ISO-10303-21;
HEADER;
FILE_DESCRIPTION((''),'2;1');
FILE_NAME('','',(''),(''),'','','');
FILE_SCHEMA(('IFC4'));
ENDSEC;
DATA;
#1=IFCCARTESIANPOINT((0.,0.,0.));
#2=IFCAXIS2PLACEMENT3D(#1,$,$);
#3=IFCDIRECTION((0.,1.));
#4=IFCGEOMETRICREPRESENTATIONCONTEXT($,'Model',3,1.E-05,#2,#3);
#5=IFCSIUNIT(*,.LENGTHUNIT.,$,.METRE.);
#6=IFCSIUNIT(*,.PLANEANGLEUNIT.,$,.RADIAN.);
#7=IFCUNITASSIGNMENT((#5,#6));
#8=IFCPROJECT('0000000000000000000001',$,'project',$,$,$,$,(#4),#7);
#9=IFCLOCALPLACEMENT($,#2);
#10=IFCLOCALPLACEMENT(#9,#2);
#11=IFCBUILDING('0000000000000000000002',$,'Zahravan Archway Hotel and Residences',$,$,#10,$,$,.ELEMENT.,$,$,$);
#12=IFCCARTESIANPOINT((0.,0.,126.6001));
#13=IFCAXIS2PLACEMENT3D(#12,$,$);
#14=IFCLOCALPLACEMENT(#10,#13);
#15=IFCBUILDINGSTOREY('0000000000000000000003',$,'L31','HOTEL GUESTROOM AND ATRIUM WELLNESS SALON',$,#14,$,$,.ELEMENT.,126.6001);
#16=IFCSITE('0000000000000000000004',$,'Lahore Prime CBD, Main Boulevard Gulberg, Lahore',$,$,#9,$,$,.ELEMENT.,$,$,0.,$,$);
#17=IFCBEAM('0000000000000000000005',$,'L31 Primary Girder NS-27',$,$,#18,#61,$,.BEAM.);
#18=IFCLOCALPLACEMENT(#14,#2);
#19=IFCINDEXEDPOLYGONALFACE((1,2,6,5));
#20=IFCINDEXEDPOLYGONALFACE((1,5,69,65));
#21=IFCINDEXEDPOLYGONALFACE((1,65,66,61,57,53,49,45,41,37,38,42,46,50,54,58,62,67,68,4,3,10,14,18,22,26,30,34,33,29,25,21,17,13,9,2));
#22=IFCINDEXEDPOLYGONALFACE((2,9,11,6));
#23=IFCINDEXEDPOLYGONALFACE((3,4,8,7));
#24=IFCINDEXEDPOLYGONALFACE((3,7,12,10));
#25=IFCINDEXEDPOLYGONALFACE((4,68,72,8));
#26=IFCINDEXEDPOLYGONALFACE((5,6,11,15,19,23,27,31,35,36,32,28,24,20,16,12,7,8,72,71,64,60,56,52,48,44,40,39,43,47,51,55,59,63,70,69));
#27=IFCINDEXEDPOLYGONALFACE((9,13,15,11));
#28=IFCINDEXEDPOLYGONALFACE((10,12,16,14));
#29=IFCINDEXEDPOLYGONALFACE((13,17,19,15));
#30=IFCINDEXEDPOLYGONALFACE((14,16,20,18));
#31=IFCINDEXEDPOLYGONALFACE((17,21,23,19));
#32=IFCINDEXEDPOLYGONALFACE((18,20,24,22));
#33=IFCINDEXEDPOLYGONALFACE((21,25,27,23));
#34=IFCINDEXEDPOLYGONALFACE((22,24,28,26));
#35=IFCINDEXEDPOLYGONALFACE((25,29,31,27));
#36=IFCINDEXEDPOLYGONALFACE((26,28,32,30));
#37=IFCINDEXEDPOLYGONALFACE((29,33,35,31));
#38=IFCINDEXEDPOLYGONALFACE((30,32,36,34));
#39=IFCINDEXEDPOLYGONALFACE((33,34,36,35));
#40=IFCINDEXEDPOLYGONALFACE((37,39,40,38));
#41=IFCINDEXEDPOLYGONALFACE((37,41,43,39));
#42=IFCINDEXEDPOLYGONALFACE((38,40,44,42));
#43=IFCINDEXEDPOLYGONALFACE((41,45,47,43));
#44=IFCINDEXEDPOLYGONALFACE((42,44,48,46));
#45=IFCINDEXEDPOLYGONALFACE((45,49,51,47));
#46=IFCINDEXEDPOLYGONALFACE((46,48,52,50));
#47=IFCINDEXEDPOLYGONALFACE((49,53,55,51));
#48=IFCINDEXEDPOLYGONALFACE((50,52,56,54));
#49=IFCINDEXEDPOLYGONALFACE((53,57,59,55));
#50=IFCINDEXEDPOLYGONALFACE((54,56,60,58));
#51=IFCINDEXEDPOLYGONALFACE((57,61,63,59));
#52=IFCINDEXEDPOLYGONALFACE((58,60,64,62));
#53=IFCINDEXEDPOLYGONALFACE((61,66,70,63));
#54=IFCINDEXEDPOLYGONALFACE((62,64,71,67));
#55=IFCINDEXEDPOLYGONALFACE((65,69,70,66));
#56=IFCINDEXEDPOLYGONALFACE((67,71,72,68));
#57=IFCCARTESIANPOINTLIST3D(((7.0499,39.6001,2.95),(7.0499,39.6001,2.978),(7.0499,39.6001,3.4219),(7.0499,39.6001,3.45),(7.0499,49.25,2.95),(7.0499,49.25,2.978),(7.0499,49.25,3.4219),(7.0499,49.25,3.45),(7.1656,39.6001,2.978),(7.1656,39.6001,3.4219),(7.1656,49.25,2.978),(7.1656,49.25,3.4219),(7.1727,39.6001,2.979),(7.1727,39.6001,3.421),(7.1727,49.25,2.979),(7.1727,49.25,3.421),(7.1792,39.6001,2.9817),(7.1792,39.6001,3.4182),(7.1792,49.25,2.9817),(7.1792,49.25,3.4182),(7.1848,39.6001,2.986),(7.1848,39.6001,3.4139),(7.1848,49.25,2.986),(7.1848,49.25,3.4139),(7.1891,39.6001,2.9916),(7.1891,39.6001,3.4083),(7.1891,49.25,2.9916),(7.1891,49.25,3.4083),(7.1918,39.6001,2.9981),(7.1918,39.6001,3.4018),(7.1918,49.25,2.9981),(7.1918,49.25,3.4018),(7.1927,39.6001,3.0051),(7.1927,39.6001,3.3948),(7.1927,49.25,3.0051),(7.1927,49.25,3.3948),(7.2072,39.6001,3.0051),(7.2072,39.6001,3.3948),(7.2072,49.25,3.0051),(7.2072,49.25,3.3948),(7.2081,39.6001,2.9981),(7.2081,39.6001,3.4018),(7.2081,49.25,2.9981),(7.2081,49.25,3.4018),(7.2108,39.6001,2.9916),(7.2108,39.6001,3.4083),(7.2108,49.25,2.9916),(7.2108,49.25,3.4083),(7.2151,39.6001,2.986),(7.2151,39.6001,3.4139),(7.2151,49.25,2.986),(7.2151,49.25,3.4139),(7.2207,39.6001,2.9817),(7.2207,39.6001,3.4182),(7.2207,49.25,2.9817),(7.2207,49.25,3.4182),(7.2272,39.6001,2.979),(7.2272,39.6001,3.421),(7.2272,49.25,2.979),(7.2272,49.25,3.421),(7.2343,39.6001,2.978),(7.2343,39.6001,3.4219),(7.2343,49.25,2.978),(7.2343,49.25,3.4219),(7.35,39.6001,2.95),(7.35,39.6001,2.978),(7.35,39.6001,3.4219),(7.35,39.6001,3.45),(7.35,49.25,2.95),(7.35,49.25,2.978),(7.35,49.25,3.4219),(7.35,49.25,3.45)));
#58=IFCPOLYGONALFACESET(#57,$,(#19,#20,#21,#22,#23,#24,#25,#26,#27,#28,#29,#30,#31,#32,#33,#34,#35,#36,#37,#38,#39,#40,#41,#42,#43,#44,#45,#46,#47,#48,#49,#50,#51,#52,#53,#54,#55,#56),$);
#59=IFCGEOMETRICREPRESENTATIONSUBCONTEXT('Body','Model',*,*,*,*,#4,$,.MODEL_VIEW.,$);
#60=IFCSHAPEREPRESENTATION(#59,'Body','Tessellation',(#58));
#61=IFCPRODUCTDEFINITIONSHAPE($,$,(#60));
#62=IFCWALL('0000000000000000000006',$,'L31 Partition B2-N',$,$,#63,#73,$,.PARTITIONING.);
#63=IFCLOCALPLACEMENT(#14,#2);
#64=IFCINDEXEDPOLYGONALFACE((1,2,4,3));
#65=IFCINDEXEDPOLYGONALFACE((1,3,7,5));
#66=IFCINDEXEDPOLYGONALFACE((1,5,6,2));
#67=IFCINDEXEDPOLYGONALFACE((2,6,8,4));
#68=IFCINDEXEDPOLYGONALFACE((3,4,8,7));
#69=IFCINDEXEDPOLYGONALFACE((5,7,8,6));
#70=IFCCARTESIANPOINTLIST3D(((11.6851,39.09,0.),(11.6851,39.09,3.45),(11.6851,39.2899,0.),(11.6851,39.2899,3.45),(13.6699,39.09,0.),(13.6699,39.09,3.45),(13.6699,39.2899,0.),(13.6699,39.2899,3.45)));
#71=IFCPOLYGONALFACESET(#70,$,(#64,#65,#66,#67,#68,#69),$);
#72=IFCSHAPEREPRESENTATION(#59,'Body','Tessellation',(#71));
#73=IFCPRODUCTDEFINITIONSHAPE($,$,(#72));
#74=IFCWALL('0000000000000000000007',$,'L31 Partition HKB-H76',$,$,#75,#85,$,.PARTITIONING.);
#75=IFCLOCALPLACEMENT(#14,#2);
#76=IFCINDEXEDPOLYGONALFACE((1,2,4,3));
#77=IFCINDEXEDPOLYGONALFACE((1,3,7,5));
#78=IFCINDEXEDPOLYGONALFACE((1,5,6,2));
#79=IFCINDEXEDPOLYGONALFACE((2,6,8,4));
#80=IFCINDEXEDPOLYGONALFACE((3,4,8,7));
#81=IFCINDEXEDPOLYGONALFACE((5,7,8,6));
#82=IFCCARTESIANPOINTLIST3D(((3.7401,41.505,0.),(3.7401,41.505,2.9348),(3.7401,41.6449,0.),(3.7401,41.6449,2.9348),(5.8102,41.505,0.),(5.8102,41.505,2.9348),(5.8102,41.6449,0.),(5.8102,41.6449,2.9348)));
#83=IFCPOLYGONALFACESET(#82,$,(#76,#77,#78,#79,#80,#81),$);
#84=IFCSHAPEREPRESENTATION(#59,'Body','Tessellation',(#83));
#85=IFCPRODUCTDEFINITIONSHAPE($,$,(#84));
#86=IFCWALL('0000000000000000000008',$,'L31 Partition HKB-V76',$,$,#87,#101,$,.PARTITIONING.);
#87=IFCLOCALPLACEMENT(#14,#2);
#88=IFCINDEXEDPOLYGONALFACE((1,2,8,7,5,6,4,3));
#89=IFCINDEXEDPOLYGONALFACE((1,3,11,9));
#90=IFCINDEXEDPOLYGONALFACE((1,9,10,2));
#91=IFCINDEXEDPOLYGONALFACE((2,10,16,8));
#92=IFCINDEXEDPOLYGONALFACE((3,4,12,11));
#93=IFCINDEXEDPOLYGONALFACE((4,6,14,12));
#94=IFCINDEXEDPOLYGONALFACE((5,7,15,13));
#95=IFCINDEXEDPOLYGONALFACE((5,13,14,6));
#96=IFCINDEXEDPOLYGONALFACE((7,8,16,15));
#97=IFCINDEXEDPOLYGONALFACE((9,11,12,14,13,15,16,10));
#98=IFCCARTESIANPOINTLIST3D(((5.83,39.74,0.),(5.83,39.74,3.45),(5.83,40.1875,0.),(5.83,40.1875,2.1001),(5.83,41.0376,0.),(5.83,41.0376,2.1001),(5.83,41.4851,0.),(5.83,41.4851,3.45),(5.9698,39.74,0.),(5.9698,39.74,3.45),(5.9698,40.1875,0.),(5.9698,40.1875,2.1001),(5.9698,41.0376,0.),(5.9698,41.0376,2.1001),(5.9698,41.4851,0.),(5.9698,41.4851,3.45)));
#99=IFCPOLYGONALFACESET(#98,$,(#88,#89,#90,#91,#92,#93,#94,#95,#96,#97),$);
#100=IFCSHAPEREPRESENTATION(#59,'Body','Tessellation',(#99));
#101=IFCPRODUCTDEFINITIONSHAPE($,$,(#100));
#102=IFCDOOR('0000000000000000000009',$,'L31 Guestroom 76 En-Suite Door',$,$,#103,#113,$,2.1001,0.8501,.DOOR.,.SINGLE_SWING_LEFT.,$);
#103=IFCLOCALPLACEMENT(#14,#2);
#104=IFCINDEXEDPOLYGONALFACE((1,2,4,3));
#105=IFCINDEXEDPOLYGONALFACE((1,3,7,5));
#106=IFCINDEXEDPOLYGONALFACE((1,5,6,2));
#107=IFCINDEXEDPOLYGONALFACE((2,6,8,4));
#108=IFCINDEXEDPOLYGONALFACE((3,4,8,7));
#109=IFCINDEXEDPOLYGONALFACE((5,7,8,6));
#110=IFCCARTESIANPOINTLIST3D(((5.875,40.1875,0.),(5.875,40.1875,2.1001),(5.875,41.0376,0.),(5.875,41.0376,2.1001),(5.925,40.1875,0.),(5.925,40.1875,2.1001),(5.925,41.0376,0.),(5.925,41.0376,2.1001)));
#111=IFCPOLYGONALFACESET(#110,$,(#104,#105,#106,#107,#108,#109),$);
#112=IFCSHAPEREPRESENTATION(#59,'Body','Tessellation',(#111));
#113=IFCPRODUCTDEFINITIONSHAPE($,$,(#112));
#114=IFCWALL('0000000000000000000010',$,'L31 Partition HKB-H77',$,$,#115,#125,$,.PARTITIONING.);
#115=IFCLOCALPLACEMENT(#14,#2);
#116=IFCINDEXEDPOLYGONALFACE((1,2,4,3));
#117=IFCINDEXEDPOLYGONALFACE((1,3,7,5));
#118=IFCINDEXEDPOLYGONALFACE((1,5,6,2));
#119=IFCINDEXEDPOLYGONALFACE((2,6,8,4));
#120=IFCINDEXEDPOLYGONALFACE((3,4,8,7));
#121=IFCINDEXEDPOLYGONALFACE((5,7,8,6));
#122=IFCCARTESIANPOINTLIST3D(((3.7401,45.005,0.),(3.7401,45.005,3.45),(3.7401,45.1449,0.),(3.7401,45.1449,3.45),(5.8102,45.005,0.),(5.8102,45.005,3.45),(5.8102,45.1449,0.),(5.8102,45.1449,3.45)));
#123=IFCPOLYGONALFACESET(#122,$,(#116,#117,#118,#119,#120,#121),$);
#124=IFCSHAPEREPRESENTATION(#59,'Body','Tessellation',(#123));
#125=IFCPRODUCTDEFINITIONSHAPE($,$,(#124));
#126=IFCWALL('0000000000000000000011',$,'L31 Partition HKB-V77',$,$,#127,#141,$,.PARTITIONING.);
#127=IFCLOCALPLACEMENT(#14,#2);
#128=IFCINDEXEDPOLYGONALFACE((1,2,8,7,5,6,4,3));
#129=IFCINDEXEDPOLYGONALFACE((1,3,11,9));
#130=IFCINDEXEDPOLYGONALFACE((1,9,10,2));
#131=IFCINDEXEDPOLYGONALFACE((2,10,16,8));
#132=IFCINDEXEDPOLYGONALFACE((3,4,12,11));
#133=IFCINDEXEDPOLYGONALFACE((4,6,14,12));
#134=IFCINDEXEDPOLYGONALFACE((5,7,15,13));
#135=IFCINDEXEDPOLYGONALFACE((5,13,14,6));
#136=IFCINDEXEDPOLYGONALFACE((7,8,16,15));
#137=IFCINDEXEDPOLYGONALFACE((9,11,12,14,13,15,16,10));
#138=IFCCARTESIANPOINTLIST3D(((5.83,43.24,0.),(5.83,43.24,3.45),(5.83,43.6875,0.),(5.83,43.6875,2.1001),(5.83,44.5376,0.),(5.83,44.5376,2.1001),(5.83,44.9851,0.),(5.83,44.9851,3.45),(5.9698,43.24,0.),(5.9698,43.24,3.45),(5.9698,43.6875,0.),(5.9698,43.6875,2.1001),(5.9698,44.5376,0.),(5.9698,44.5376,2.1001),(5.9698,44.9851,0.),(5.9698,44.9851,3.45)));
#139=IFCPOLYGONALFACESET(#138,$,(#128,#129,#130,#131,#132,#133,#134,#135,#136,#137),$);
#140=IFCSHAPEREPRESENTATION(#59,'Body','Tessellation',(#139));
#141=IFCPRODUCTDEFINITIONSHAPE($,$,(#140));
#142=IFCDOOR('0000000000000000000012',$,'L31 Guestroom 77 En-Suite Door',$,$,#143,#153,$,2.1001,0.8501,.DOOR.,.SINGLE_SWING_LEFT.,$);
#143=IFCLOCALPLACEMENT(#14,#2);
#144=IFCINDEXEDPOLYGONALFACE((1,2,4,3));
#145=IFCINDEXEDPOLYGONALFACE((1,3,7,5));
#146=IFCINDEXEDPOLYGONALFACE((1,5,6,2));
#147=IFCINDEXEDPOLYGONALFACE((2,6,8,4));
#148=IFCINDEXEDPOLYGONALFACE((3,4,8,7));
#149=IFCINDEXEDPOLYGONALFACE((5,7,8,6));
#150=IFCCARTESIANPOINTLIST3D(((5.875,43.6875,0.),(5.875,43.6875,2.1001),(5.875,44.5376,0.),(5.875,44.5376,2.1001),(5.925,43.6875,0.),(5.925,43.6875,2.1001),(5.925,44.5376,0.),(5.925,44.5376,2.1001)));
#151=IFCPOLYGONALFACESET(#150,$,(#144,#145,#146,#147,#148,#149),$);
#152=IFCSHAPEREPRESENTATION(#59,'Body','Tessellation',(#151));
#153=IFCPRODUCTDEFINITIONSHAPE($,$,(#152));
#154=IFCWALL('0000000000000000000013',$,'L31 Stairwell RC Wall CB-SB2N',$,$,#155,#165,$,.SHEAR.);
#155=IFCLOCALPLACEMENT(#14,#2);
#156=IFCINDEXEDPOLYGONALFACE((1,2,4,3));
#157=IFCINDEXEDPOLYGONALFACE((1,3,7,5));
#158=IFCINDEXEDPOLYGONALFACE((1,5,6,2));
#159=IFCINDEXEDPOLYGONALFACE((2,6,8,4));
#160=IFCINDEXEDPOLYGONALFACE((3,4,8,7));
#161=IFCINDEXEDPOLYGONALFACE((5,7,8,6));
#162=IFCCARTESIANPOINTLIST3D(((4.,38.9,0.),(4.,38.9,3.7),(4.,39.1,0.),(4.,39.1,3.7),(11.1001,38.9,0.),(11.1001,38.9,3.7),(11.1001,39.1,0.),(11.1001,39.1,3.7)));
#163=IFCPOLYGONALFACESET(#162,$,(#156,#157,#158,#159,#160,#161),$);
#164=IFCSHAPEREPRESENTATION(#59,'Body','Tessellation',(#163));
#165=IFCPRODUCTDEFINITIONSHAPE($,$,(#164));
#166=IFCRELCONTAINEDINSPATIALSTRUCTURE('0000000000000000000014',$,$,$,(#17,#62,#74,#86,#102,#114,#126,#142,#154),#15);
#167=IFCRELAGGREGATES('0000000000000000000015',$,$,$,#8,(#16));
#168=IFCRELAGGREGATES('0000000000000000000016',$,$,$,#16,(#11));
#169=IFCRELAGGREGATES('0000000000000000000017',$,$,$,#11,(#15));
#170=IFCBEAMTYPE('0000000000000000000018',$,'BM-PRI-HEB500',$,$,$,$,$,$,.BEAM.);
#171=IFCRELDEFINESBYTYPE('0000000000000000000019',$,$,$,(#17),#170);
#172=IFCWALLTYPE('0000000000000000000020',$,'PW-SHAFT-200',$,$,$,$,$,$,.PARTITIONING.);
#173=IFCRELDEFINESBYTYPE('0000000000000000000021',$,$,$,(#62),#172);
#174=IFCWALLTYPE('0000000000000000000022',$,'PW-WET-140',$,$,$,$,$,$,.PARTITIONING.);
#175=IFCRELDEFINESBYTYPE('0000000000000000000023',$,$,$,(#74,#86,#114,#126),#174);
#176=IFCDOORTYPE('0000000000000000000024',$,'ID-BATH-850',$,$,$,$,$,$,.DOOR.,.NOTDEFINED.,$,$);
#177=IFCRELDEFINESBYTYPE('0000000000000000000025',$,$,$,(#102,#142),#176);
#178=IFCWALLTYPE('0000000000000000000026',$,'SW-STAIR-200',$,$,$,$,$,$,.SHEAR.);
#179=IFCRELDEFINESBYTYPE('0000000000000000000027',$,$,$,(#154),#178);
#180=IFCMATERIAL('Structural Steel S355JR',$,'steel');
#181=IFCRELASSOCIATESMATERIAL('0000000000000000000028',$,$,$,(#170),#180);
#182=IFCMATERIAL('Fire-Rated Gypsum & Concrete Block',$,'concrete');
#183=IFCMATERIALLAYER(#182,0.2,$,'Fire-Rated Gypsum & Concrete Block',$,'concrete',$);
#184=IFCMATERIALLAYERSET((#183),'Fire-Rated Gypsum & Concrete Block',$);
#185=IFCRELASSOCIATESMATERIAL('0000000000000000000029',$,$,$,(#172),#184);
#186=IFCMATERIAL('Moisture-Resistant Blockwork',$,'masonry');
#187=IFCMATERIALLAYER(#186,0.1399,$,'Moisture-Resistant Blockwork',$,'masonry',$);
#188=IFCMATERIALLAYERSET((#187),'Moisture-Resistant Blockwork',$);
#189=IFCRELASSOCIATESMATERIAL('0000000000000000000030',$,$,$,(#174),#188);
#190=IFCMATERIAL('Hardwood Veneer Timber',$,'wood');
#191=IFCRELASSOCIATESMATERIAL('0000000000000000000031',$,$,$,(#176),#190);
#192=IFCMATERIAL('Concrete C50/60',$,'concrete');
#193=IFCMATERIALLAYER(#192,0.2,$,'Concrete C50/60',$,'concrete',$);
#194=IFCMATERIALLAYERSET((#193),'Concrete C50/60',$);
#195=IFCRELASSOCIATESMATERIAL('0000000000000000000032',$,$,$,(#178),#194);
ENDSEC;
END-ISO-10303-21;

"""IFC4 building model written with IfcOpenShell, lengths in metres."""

from ifc_helpers import new_model, si_unit, direction, frame, frame_2d, origin, origin_2d, place, context, subcontext, project, spatial, rectangle, i_section, extrude, source, transform, mapped, material, layer, layer_set, material_profile, profile_set, type_object, type_shapes, element, fill, save


model = new_model("IFC4")

# Units and contexts
model_context = context("Model", 3, precision=1e-05, world=origin(), true_north=direction((0.0, 1.0)))
body_context = subcontext(model_context, "Body", "Model", "MODEL_VIEW")
ifc_project = project(units=[si_unit("LENGTHUNIT", "METRE"), si_unit("PLANEANGLEUNIT", "RADIAN")], contexts=[model_context])

# Site, building, storey
site_placement = place(None, origin())
site = spatial("IfcSite", under=ifc_project, at=site_placement, Name="Lahore Prime CBD, Main Boulevard Gulberg, Lahore", CompositionType="ELEMENT", RefElevation=0.0)
building_placement = place(site_placement, origin())
building = spatial("IfcBuilding", under=site, at=building_placement, Name="Zahravan Archway Hotel and Residences", CompositionType="ELEMENT")
storey_placement = place(building_placement, frame((0.0, 0.0, 126.6001)))
storey = spatial("IfcBuildingStorey", under=building, at=storey_placement, Name="L31", Description="HOTEL GUESTROOM AND ATRIUM WELLNESS SALON", CompositionType="ELEMENT", Elevation=126.6001)

# Beam
ifc_material_1 = material(Name="Structural Steel S355JR", Category="steel")
ifc_material_profile_1 = material_profile(ifc_material_1, i_section(OverallWidth=0.3, OverallDepth=0.5, WebThickness=0.0144, FlangeThickness=0.0281, FilletRadius=0.0271, at=origin_2d()), Name="HEB 500", Category="steel")
ifc_profile_set_1 = profile_set([ifc_material_profile_1], Name="Structural Steel S355JR")
beam_type_1 = type_object("IfcBeamType", Name="BM-PRI-HEB500", PredefinedType="BEAM", material=ifc_profile_set_1)
shared_shape_1 = source(origin(), body_context, "Body", "SweptSolid", [
    extrude(i_section(OverallWidth=0.3, OverallDepth=0.5, WebThickness=0.0144, FlangeThickness=0.0281, FilletRadius=0.0271, at=origin_2d()), origin(), (0.0, 0.0, 1.0), 9.6499),
])
beam_1_placement = place(storey_placement, frame((7.2, 39.6001, 3.2), z_axis=(0.0, 1.0, 0.0), x_axis=(-1.0, 0.0, 0.0)))
element("IfcBeam", 1, at=beam_1_placement, inside=storey, type_object=beam_type_1, Name="L31 Primary Girder NS-27", PredefinedType="BEAM", context=body_context, shape_type="MappedRepresentation", body=[
    mapped(shared_shape_1, transform((0.0, 0.0, 0.0), scale=1.0)),
])

# Walls
ifc_material_2 = material(Name="Fire-Rated Gypsum & Concrete Block", Category="concrete")
ifc_layer_1 = layer(ifc_material_2, 0.2, Name="Fire-Rated Gypsum & Concrete Block", Category="concrete")
ifc_layer_set_1 = layer_set([ifc_layer_1], Name="Fire-Rated Gypsum & Concrete Block")
wall_type_1 = type_object("IfcWallType", Name="PW-SHAFT-200", PredefinedType="PARTITIONING", material=ifc_layer_set_1)
wall_1_placement = place(storey_placement, frame((11.6851, 39.1899, 0.0), z_axis=(0.0, 0.0, 1.0), x_axis=(1.0, 0.0, 0.0)))
element("IfcWall", 2, at=wall_1_placement, inside=storey, type_object=wall_type_1, Name="L31 Partition B2-N", PredefinedType="PARTITIONING", context=body_context, shape_type="SweptSolid", body=[
    extrude(rectangle(XDim=1.9849, YDim=0.2, at=frame_2d((0.9924, 0.0))), origin(), (0.0, 0.0, 1.0), 3.45),
])
ifc_material_3 = material(Name="Moisture-Resistant Blockwork", Category="masonry")
ifc_layer_2 = layer(ifc_material_3, 0.1399, Name="Moisture-Resistant Blockwork", Category="masonry")
ifc_layer_set_2 = layer_set([ifc_layer_2], Name="Moisture-Resistant Blockwork")
wall_type_2 = type_object("IfcWallType", Name="PW-WET-140", PredefinedType="PARTITIONING", material=ifc_layer_set_2)
wall_2_placement = place(storey_placement, frame((3.74, 41.575, 0.0), z_axis=(0.0, 0.0, 1.0), x_axis=(1.0, 0.0, 0.0)))
element("IfcWall", 3, at=wall_2_placement, inside=storey, type_object=wall_type_2, Name="L31 Partition HKB-H76", PredefinedType="PARTITIONING", context=body_context, shape_type="SweptSolid", body=[
    extrude(rectangle(XDim=2.0701, YDim=0.1399, at=frame_2d((1.0352, 0.0))), origin(), (0.0, 0.0, 1.0), 2.9348),
])

# Wall, opening, door
wall_3_placement = place(storey_placement, frame((5.8999, 39.74, 0.0), z_axis=(0.0, 0.0, 1.0), x_axis=(0.0, 1.0, 0.0)))
wall_3 = element("IfcWall", 4, at=wall_3_placement, inside=storey, type_object=wall_type_2, Name="L31 Partition HKB-V76", PredefinedType="PARTITIONING", context=body_context, shape_type="SweptSolid", body=[
    extrude(rectangle(XDim=1.7451, YDim=0.1399, at=frame_2d((0.8726, 0.0))), origin(), (0.0, 0.0, 1.0), 3.45),
])
opening_1_placement = place(wall_3_placement, frame((0.4475, 0.0, 0.0)))
opening_1 = element("IfcOpeningElement", 5, at=opening_1_placement, cuts=wall_3, PredefinedType="OPENING", context=body_context, shape_type="SweptSolid", body=[
    extrude(rectangle(XDim=0.8501, YDim=2.1001, at=frame_2d((0.425, 1.05))), frame((0.0, 0.0801, 0.0), z_axis=(0.0, -1.0, 0.0), x_axis=(1.0, 0.0, 0.0)), (0.0, 0.0, 1.0), 0.1599),
])
ifc_material_4 = material(Name="Hardwood Veneer Timber", Category="wood")
door_type = type_object("IfcDoorType", Name="ID-BATH-850", OperationType="NOTDEFINED", PredefinedType="DOOR", material=ifc_material_4)
shared_shape_2 = source(origin(), body_context, "Body", "SweptSolid", [
    extrude(rectangle(XDim=0.8501, YDim=2.1001, at=frame_2d((0.425, 1.05))), frame((0.0, 0.0249, 0.0), z_axis=(0.0, -1.0, 0.0), x_axis=(1.0, 0.0, 0.0)), (0.0, 0.0, 1.0), 0.05),
])
type_shapes(door_type, [shared_shape_2])
door_1_placement = place(opening_1_placement, origin())
door_1 = element("IfcDoor", 6, at=door_1_placement, inside=storey, type_object=door_type, Name="L31 Guestroom 76 En-Suite Door", OperationType="SINGLE_SWING_LEFT", OverallHeight=2.1001, OverallWidth=0.8501, PredefinedType="DOOR", context=body_context, shape_type="MappedRepresentation", body=[
    mapped(shared_shape_2, transform((0.0, 0.0, 0.0), scale=1.0)),
])
fill(opening_1, door_1)

# Wall
wall_4_placement = place(storey_placement, frame((3.74, 45.075, 0.0), z_axis=(0.0, 0.0, 1.0), x_axis=(1.0, 0.0, 0.0)))
element("IfcWall", 7, at=wall_4_placement, inside=storey, type_object=wall_type_2, Name="L31 Partition HKB-H77", PredefinedType="PARTITIONING", context=body_context, shape_type="SweptSolid", body=[
    extrude(rectangle(XDim=2.0701, YDim=0.1399, at=frame_2d((1.0352, 0.0))), origin(), (0.0, 0.0, 1.0), 3.45),
])

# Wall, opening, door
wall_5_placement = place(storey_placement, frame((5.8999, 43.24, 0.0), z_axis=(0.0, 0.0, 1.0), x_axis=(0.0, 1.0, 0.0)))
wall_5 = element("IfcWall", 8, at=wall_5_placement, inside=storey, type_object=wall_type_2, Name="L31 Partition HKB-V77", PredefinedType="PARTITIONING", context=body_context, shape_type="SweptSolid", body=[
    extrude(rectangle(XDim=1.7451, YDim=0.1399, at=frame_2d((0.8726, 0.0))), origin(), (0.0, 0.0, 1.0), 3.45),
])
opening_2_placement = place(wall_5_placement, frame((0.4475, 0.0, 0.0)))
opening_2 = element("IfcOpeningElement", 9, at=opening_2_placement, cuts=wall_5, PredefinedType="OPENING", context=body_context, shape_type="SweptSolid", body=[
    extrude(rectangle(XDim=0.8501, YDim=2.1001, at=frame_2d((0.425, 1.05))), frame((0.0, 0.0801, 0.0), z_axis=(0.0, -1.0, 0.0), x_axis=(1.0, 0.0, 0.0)), (0.0, 0.0, 1.0), 0.1599),
])
door_2_placement = place(opening_2_placement, origin())
door_2 = element("IfcDoor", 10, at=door_2_placement, inside=storey, type_object=door_type, Name="L31 Guestroom 77 En-Suite Door", OperationType="SINGLE_SWING_LEFT", OverallHeight=2.1001, OverallWidth=0.8501, PredefinedType="DOOR", context=body_context, shape_type="MappedRepresentation", body=[
    mapped(shared_shape_2, transform((0.0, 0.0, 0.0), scale=1.0)),
])
fill(opening_2, door_2)

# Wall
ifc_material_5 = material(Name="Concrete C50/60", Category="concrete")
ifc_layer_3 = layer(ifc_material_5, 0.2, Name="Concrete C50/60", Category="concrete")
ifc_layer_set_3 = layer_set([ifc_layer_3], Name="Concrete C50/60")
wall_type_3 = type_object("IfcWallType", Name="SW-STAIR-200", PredefinedType="SHEAR", material=ifc_layer_set_3)
wall_6_placement = place(storey_placement, frame((4.0, 39.0, 0.0), z_axis=(0.0, 0.0, 1.0), x_axis=(1.0, 0.0, 0.0)))
element("IfcWall", 11, at=wall_6_placement, inside=storey, type_object=wall_type_3, Name="L31 Stairwell RC Wall CB-SB2N", PredefinedType="SHEAR", context=body_context, shape_type="SweptSolid", body=[
    extrude(rectangle(XDim=7.1001, YDim=0.2, at=frame_2d((3.55, 0.0))), origin(), (0.0, 0.0, 1.0), 3.7),
])

save(model, "model.ifc")
